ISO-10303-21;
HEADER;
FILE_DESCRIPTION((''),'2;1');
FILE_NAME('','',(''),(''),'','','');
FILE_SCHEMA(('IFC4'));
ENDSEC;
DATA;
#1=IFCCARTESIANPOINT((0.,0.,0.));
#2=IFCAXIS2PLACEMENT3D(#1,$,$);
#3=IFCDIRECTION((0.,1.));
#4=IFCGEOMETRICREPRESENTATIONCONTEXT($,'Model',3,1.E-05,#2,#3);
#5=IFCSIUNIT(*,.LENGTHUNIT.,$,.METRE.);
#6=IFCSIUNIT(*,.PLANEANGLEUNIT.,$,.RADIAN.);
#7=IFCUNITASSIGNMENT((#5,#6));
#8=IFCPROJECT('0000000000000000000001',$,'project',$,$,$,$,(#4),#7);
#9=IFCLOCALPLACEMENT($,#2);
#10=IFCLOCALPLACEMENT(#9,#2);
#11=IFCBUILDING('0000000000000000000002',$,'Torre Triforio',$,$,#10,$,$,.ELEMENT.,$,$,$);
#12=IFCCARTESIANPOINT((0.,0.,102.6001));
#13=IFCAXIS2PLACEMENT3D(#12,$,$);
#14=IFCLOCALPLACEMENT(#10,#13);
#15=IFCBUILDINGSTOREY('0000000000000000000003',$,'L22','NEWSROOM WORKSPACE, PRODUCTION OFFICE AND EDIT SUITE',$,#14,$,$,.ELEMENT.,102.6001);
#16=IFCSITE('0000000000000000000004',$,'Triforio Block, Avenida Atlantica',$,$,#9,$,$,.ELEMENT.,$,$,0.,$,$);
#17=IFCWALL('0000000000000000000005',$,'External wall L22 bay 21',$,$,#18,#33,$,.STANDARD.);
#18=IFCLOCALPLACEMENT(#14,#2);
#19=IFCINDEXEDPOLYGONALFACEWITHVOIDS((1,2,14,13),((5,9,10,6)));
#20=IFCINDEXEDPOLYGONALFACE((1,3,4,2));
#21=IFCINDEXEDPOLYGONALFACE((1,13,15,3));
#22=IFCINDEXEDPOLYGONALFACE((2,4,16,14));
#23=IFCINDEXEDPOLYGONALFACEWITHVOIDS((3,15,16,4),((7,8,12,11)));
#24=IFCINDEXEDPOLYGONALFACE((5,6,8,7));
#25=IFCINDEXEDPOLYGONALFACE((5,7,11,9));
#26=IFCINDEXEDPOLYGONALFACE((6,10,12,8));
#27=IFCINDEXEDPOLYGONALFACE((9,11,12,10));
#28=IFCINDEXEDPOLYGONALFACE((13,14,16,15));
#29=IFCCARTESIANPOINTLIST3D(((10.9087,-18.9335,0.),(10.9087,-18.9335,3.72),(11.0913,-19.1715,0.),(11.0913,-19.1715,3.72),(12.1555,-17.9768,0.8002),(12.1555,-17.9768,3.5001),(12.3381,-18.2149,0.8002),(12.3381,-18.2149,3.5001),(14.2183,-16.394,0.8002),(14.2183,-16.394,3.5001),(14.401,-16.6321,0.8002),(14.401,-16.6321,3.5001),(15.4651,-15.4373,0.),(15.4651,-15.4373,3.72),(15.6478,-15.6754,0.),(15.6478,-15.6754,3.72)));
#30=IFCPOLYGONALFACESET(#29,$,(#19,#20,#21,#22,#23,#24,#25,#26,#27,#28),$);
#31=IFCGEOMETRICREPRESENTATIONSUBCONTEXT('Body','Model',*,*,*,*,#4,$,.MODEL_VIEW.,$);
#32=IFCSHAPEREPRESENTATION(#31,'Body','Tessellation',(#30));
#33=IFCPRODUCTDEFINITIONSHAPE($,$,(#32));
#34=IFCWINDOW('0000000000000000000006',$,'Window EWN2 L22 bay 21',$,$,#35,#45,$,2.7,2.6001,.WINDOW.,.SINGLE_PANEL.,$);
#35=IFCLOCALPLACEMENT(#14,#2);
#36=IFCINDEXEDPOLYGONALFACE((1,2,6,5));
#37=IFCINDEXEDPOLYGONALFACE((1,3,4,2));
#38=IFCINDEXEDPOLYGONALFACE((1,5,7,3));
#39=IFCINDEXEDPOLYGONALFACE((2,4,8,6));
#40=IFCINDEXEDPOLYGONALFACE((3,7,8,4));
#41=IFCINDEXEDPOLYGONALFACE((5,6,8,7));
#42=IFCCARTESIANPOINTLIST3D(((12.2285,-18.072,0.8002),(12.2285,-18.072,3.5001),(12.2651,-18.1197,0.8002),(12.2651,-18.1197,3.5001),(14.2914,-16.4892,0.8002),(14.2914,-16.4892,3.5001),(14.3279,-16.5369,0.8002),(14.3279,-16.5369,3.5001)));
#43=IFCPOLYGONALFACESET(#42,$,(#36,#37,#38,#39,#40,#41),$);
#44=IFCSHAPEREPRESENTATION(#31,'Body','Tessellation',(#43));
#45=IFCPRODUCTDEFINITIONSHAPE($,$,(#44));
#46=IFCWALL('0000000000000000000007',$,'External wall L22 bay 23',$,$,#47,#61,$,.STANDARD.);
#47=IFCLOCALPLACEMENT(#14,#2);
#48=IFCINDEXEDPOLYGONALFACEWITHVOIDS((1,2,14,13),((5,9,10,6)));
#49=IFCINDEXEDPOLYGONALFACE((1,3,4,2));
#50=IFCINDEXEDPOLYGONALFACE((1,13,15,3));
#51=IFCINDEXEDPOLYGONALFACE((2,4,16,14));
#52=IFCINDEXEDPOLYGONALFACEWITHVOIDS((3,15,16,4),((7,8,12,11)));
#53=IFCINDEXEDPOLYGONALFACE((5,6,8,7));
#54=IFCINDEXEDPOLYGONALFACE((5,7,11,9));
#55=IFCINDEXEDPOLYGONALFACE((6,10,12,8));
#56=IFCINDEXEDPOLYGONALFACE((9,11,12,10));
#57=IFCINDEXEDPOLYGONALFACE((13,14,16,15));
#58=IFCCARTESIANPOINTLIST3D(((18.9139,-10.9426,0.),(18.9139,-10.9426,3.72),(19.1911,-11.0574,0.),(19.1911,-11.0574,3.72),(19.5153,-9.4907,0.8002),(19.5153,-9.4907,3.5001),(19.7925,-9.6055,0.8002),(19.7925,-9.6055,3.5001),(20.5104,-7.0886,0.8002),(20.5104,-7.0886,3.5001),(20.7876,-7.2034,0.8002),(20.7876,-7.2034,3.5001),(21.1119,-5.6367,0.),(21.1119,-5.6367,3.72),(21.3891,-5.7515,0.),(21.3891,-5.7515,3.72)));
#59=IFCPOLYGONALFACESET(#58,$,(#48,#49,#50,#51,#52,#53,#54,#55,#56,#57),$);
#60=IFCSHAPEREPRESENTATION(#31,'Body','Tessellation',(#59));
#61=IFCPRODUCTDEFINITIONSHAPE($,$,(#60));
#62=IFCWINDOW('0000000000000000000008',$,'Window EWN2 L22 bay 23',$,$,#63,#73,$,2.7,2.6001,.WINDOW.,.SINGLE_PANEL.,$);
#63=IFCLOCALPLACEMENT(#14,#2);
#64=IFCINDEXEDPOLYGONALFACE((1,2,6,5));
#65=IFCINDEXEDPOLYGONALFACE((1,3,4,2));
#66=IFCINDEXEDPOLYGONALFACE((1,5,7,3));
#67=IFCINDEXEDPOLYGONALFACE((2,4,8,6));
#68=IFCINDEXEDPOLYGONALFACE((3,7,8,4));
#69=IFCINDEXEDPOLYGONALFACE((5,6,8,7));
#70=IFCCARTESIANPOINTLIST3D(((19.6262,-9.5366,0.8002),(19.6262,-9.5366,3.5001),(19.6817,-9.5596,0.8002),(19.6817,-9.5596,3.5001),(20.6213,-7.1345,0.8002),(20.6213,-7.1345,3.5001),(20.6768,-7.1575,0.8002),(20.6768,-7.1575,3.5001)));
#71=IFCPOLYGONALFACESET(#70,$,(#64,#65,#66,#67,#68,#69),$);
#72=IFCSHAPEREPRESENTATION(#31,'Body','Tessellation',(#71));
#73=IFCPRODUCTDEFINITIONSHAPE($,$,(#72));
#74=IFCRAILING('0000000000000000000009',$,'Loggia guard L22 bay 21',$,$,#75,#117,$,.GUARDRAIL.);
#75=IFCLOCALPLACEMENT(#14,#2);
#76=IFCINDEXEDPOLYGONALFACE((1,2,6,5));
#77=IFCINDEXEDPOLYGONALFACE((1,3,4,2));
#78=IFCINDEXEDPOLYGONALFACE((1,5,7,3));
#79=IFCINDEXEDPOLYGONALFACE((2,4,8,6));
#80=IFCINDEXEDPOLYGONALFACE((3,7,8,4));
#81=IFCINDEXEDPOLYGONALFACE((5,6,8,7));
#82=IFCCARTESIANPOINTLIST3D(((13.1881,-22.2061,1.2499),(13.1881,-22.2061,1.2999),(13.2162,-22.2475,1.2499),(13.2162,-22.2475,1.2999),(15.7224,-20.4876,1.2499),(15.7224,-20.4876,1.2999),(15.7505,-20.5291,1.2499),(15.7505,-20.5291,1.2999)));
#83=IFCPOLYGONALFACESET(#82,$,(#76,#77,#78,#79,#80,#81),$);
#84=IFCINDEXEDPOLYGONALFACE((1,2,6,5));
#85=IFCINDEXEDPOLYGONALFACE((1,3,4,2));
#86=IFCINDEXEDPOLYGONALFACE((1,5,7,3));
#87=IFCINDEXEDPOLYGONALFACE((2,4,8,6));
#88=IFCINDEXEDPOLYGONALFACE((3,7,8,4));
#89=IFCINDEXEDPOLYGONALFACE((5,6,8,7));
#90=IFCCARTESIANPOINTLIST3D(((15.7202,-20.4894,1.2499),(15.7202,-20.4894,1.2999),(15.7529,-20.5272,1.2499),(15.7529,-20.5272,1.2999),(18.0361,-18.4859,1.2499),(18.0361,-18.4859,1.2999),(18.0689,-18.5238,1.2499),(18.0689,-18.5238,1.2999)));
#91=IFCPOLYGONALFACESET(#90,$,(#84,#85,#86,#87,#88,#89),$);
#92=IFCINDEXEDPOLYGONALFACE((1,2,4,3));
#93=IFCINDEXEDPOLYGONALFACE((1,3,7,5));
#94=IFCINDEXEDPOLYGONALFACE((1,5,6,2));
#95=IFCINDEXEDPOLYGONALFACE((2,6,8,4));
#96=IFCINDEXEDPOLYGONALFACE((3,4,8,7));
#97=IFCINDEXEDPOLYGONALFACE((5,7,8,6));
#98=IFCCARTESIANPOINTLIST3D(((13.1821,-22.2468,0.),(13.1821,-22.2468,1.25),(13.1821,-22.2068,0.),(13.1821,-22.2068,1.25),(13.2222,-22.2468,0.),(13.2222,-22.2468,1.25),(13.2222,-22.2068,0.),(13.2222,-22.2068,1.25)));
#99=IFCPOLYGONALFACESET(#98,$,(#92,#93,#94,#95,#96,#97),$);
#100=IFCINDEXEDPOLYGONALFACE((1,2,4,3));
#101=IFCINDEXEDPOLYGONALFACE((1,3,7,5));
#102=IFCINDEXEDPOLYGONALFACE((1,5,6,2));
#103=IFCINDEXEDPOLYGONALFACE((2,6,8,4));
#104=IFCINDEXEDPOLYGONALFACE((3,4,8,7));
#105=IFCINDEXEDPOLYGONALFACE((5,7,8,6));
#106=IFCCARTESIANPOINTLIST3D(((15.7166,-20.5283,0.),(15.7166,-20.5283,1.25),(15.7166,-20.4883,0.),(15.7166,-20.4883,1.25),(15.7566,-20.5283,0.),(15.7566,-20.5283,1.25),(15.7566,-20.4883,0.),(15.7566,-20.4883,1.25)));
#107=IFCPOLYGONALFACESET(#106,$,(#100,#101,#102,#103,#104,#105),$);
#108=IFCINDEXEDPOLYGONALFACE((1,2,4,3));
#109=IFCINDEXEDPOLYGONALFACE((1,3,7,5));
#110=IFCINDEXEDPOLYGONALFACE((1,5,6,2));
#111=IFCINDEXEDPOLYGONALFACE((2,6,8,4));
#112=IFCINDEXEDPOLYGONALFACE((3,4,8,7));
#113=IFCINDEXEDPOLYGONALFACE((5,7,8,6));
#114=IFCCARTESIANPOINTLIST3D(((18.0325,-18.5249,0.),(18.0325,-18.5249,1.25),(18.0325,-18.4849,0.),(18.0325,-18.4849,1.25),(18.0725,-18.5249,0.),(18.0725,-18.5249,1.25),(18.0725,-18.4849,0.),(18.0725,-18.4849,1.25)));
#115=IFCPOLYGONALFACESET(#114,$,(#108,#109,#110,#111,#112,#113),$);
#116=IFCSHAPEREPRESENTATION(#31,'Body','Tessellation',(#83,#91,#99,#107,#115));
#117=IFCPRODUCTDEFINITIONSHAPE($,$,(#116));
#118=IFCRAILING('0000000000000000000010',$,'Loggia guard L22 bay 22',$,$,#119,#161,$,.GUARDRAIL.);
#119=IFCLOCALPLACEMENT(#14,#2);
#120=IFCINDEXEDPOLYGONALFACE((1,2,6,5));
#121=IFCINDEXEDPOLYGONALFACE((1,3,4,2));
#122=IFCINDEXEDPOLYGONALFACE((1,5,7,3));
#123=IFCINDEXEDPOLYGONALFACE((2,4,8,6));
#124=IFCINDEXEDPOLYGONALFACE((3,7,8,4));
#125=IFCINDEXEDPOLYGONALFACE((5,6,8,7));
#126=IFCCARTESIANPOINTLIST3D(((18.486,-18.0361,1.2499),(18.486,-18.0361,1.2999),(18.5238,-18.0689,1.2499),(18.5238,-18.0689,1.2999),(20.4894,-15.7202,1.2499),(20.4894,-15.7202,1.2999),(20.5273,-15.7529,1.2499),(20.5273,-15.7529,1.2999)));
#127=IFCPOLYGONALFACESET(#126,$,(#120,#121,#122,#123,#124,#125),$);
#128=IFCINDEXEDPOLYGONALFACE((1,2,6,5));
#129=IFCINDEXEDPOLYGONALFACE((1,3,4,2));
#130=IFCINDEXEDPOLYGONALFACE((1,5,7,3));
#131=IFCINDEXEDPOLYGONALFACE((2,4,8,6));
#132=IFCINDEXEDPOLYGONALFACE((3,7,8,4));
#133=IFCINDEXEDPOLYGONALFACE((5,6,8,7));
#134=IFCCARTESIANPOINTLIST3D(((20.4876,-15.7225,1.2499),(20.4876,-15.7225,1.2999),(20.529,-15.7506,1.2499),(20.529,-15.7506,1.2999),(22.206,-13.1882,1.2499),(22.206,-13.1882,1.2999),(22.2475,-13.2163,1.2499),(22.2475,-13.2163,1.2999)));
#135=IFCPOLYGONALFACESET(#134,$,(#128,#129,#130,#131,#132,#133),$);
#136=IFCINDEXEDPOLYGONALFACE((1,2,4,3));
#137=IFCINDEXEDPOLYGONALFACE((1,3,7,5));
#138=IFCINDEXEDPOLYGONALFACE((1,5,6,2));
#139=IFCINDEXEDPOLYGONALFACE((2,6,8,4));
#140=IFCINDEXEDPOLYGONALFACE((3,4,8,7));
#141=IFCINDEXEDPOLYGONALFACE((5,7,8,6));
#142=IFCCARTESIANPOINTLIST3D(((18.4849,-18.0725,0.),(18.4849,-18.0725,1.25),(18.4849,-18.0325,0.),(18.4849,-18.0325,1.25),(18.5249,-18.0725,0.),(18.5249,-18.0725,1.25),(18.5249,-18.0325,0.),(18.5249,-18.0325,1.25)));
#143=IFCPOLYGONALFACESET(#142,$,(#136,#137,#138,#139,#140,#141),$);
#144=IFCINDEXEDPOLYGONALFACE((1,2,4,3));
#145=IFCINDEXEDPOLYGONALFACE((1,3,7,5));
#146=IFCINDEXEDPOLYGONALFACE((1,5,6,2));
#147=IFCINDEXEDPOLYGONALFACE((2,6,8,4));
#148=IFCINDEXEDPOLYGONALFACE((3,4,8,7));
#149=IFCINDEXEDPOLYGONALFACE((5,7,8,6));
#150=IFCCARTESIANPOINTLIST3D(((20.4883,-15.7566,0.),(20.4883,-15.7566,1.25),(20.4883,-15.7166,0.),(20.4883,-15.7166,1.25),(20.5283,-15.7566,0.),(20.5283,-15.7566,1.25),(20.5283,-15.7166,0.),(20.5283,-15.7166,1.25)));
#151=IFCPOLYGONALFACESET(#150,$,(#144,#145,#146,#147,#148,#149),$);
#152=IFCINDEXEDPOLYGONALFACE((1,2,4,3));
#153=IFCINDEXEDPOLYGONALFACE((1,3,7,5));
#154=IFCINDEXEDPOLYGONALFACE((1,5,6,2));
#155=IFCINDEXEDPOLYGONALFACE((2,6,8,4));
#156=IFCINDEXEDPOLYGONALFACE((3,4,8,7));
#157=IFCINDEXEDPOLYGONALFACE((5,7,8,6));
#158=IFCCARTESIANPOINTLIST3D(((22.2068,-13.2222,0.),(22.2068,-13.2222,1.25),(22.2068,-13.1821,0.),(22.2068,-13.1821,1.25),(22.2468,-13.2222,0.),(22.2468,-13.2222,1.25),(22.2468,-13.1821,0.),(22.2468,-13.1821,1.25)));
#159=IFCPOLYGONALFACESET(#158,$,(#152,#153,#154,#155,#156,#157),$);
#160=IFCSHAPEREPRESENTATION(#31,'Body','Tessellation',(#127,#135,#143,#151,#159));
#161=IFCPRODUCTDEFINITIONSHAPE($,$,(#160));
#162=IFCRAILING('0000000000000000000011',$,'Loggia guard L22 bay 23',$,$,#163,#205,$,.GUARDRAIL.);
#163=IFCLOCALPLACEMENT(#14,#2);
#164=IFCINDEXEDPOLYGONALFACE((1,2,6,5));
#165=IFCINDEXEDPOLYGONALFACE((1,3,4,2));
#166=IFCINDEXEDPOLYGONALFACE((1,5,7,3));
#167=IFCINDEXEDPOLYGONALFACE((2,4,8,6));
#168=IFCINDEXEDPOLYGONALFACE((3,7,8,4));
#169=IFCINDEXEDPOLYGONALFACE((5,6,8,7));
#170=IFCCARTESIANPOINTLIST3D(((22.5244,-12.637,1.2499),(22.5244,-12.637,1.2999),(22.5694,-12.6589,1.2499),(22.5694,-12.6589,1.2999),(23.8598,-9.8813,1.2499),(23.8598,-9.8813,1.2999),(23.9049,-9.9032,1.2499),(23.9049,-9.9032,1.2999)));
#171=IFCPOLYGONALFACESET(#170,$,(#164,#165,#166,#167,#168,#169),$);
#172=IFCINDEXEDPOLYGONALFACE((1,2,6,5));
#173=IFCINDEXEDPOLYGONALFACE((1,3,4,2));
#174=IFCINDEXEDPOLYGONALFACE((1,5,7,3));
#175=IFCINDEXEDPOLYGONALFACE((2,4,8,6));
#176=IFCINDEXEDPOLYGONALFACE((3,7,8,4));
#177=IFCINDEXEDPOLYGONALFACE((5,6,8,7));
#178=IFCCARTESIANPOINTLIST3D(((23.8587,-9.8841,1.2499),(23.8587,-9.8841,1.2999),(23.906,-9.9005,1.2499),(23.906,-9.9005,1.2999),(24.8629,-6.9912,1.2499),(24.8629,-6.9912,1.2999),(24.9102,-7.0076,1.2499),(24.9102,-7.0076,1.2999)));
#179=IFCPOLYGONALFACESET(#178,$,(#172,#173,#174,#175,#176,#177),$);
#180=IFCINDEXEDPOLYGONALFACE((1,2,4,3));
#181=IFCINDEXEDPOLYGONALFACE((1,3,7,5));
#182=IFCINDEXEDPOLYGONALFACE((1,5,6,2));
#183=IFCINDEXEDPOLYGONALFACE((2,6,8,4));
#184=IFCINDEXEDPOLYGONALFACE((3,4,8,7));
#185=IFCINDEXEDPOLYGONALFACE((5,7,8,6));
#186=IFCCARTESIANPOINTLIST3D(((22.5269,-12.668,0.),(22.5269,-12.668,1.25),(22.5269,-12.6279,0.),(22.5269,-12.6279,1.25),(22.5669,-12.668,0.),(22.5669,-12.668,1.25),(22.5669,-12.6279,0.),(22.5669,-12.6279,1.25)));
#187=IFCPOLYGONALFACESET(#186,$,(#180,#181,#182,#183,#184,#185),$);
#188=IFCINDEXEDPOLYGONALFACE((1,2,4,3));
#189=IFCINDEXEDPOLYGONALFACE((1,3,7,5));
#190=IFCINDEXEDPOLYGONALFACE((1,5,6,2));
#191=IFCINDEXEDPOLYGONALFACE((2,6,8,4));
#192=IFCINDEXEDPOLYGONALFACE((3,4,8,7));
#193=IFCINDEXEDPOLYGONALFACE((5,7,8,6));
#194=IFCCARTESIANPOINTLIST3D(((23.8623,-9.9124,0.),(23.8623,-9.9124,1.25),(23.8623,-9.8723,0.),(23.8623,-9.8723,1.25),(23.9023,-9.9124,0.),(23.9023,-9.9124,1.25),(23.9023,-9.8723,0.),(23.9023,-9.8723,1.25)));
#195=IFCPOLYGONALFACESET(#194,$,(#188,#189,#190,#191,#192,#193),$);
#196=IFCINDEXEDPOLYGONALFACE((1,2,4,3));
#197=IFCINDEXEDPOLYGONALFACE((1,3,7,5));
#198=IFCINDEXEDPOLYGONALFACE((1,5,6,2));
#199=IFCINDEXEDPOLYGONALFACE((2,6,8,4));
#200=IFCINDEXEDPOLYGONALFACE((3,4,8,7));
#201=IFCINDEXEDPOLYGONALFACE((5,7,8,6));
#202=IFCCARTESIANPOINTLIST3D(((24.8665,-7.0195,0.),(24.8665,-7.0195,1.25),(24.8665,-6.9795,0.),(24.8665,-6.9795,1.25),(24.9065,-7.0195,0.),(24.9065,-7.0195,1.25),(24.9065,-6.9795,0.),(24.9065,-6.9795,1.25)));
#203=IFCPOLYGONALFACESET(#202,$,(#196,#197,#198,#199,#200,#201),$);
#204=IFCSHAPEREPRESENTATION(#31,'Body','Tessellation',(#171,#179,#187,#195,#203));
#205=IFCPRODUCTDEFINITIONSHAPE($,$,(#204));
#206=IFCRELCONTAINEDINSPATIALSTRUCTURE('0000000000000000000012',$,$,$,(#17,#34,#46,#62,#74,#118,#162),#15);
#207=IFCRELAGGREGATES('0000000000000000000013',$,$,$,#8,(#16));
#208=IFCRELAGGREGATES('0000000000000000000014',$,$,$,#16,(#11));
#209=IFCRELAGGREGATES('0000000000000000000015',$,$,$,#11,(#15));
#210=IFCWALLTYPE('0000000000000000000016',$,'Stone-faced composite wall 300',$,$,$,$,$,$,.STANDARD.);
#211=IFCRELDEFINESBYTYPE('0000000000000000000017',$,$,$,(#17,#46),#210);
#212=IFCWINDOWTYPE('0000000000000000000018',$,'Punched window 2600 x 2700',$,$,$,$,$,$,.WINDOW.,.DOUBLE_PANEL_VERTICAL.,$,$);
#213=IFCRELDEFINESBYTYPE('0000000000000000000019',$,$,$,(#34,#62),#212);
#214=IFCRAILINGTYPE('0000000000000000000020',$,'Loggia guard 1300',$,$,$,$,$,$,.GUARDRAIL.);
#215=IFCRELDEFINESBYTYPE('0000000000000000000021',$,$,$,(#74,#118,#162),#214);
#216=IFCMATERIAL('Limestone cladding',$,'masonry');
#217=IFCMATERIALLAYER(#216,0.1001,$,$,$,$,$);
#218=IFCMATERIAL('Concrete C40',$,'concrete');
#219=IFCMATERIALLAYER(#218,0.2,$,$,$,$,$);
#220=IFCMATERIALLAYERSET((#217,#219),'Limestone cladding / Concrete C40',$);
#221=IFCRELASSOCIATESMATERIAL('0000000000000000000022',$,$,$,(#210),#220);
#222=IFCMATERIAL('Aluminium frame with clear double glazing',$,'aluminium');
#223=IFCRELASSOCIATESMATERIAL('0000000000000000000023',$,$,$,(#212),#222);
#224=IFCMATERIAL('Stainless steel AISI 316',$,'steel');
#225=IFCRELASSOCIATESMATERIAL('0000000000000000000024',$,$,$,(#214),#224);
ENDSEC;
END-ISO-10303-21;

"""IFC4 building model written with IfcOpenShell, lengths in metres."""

from ifc_helpers import new_model, si_unit, direction, frame, frame_2d, origin, origin_2d, place, context, subcontext, project, spatial, rectangle, extrude, material, layer, layer_set, type_object, element, fill, save


model = new_model("IFC4")

# Units and contexts
model_context = context("Model", 3, precision=1e-05, world=origin(), true_north=direction((0.0, 1.0)))
body_context = subcontext(model_context, "Body", "Model", "MODEL_VIEW")
ifc_project = project(units=[si_unit("LENGTHUNIT", "METRE"), si_unit("PLANEANGLEUNIT", "RADIAN")], contexts=[model_context])

# Site, building, storey
site_placement = place(None, origin())
site = spatial("IfcSite", under=ifc_project, at=site_placement, Name="Triforio Block, Avenida Atlantica", CompositionType="ELEMENT", RefElevation=0.0)
building_placement = place(site_placement, origin())
building = spatial("IfcBuilding", under=site, at=building_placement, Name="Torre Triforio", CompositionType="ELEMENT")
storey_placement = place(building_placement, frame((0.0, 0.0, 102.6001)))
storey = spatial("IfcBuildingStorey", under=building, at=storey_placement, Name="L22", Description="NEWSROOM WORKSPACE, PRODUCTION OFFICE AND EDIT SUITE", CompositionType="ELEMENT", Elevation=102.6001)

# Shared definitions
ifc_material_1 = material(Name="Limestone cladding", Category="masonry")
ifc_material_2 = material(Name="Concrete C40", Category="concrete")

# Wall, opening, window
ifc_layer_1 = layer(ifc_material_1, 0.1001)
ifc_layer_2 = layer(ifc_material_2, 0.2)
ifc_layer_set_1 = layer_set([ifc_layer_1, ifc_layer_2], Name="Limestone cladding / Concrete C40")
wall_type_1 = type_object("IfcWallType", Name="Stone-faced composite wall 300", PredefinedType="STANDARD", material=ifc_layer_set_1)
wall_1_placement = place(storey_placement, frame((11.0, -19.0525, 0.0), z_axis=(0.0, 0.0, 1.0), x_axis=(0.793366, 0.608745, 0.0)))
wall_1 = element("IfcWall", 1, at=wall_1_placement, inside=storey, type_object=wall_type_1, Name="External wall L22 bay 21", PredefinedType="STANDARD", context=body_context, shape_type="SweptSolid", body=[
    extrude(rectangle(XDim=5.7432, YDim=0.3, at=frame_2d((2.8716, 0.0))), origin(), (0.0, 0.0, 1.0), 3.72),
])
opening_1_placement = place(wall_1_placement, frame((1.5715, 0.0, 0.8)))
opening_1 = element("IfcOpeningElement", 2, at=opening_1_placement, cuts=wall_1, PredefinedType="OPENING", context=body_context, shape_type="SweptSolid", body=[
    extrude(rectangle(XDim=2.6001, YDim=2.7, at=frame_2d((1.3, 1.3501))), frame((0.0, 0.1599, 0.0), z_axis=(0.0, -1.0, 0.0), x_axis=(1.0, 0.0, 0.0)), (0.0, 0.0, 1.0), 0.3201),
])
ifc_material_3 = material(Name="Aluminium frame with clear double glazing", Category="aluminium")
window_type_1 = type_object("IfcWindowType", Name="Punched window 2600 x 2700", PartitioningType="DOUBLE_PANEL_VERTICAL", PredefinedType="WINDOW", material=ifc_material_3)
window_1_placement = place(opening_1_placement, origin())
window_1 = element("IfcWindow", 3, at=window_1_placement, inside=storey, type_object=window_type_1, Name="Window EWN2 L22 bay 21", OverallHeight=2.7, OverallWidth=2.6001, PartitioningType="SINGLE_PANEL", PredefinedType="WINDOW", context=body_context, shape_type="SweptSolid", body=[
    extrude(rectangle(XDim=2.6001, YDim=2.7, at=frame_2d((1.3, 1.3501))), frame((0.0, 0.03, 0.0), z_axis=(0.0, -1.0, 0.0), x_axis=(1.0, 0.0, 0.0)), (0.0, 0.0, 1.0), 0.0601),
])
fill(opening_1, window_1)

# Wall, opening, window
wall_2_placement = place(storey_placement, frame((19.0525, -11.0, 0.0), z_axis=(0.0, 0.0, 1.0), x_axis=(0.382716, 0.923866, 0.0)))
wall_2 = element("IfcWall", 4, at=wall_2_placement, inside=storey, type_object=wall_type_1, Name="External wall L22 bay 23", PredefinedType="STANDARD", context=body_context, shape_type="SweptSolid", body=[
    extrude(rectangle(XDim=5.7432, YDim=0.3, at=frame_2d((2.8716, 0.0))), origin(), (0.0, 0.0, 1.0), 3.72),
])
opening_2_placement = place(wall_2_placement, frame((1.5715, 0.0, 0.8)))
opening_2 = element("IfcOpeningElement", 5, at=opening_2_placement, cuts=wall_2, PredefinedType="OPENING", context=body_context, shape_type="SweptSolid", body=[
    extrude(rectangle(XDim=2.6001, YDim=2.7, at=frame_2d((1.3, 1.3501))), frame((0.0, 0.1599, 0.0), z_axis=(0.0, -1.0, 0.0), x_axis=(1.0, 0.0, 0.0)), (0.0, 0.0, 1.0), 0.3201),
])
window_2_placement = place(opening_2_placement, origin())
window_2 = element("IfcWindow", 6, at=window_2_placement, inside=storey, type_object=window_type_1, Name="Window EWN2 L22 bay 23", OverallHeight=2.7, OverallWidth=2.6001, PartitioningType="SINGLE_PANEL", PredefinedType="WINDOW", context=body_context, shape_type="SweptSolid", body=[
    extrude(rectangle(XDim=2.6001, YDim=2.7, at=frame_2d((1.3, 1.3501))), frame((0.0, 0.03, 0.0), z_axis=(0.0, -1.0, 0.0), x_axis=(1.0, 0.0, 0.0)), (0.0, 0.0, 1.0), 0.0601),
])
fill(opening_2, window_2)

# Railings
ifc_material_4 = material(Name="Stainless steel AISI 316", Category="steel")
railing_type = type_object("IfcRailingType", Name="Loggia guard 1300", PredefinedType="GUARDRAIL", material=ifc_material_4)
railing_1_placement = place(storey_placement, frame((13.2021, -22.2268, 0.0)))
element("IfcRailing", 7, at=railing_1_placement, inside=storey, type_object=railing_type, Name="Loggia guard L22 bay 21", PredefinedType="GUARDRAIL", context=body_context, shape_type="SweptSolid", body=[
    extrude(rectangle(XDim=0.05, YDim=0.05, at=origin_2d()), frame((0.0, 0.0, 1.2749), z_axis=(0.82767, 0.561215, 0.0), x_axis=(-0.561215, 0.82767, 0.0)), (0.0, 0.0, 1.0), 3.062),
    extrude(rectangle(XDim=0.05, YDim=0.05, at=origin_2d()), frame((2.5344, 1.7185, 1.2749), z_axis=(0.756289, 0.654238, 0.0), x_axis=(-0.654238, 0.756289, 0.0)), (0.0, 0.0, 1.0), 3.0623),
    extrude(rectangle(XDim=0.04, YDim=0.04, at=origin_2d()), origin(), (0.0, 0.0, 1.0), 1.25),
    extrude(rectangle(XDim=0.04, YDim=0.04, at=origin_2d()), frame((2.5344, 1.7185, 0.0)), (0.0, 0.0, 1.0), 1.25),
    extrude(rectangle(XDim=0.04, YDim=0.04, at=origin_2d()), frame((4.8503, 3.7219, 0.0)), (0.0, 0.0, 1.0), 1.25),
])
railing_2_placement = place(storey_placement, frame((18.5049, -18.0525, 0.0)))
element("IfcRailing", 8, at=railing_2_placement, inside=storey, type_object=railing_type, Name="Loggia guard L22 bay 22", PredefinedType="GUARDRAIL", context=body_context, shape_type="SweptSolid", body=[
    extrude(rectangle(XDim=0.05, YDim=0.05, at=origin_2d()), frame((0.0, 0.0, 1.2749), z_axis=(0.654238, 0.756289, 0.0), x_axis=(-0.756289, 0.654238, 0.0)), (0.0, 0.0, 1.0), 3.0623),
    extrude(rectangle(XDim=0.05, YDim=0.05, at=origin_2d()), frame((2.0034, 2.3159, 1.2749), z_axis=(0.561215, 0.82767, 0.0), x_axis=(-0.82767, 0.561215, 0.0)), (0.0, 0.0, 1.0), 3.062),
    extrude(rectangle(XDim=0.04, YDim=0.04, at=origin_2d()), origin(), (0.0, 0.0, 1.0), 1.25),
    extrude(rectangle(XDim=0.04, YDim=0.04, at=origin_2d()), frame((2.0034, 2.3159, 0.0)), (0.0, 0.0, 1.0), 1.25),
    extrude(rectangle(XDim=0.04, YDim=0.04, at=origin_2d()), frame((3.7219, 4.8503, 0.0)), (0.0, 0.0, 1.0), 1.25),
])
railing_3_placement = place(storey_placement, frame((22.5469, -12.6479, 0.0)))
element("IfcRailing", 9, at=railing_3_placement, inside=storey, type_object=railing_type, Name="Loggia guard L22 bay 23", PredefinedType="GUARDRAIL", context=body_context, shape_type="SweptSolid", body=[
    extrude(rectangle(XDim=0.05, YDim=0.05, at=origin_2d()), frame((0.0, 0.0, 1.2749), z_axis=(0.436113, 0.899892, 0.0), x_axis=(-0.899892, 0.436113, 0.0)), (0.0, 0.0, 1.0), 3.0623),
    extrude(rectangle(XDim=0.05, YDim=0.05, at=origin_2d()), frame((1.3354, 2.7556, 1.2749), z_axis=(0.327924, 0.944704, 0.0), x_axis=(-0.944704, 0.327924, 0.0)), (0.0, 0.0, 1.0), 3.0623),
    extrude(rectangle(XDim=0.04, YDim=0.04, at=origin_2d()), origin(), (0.0, 0.0, 1.0), 1.25),
    extrude(rectangle(XDim=0.04, YDim=0.04, at=origin_2d()), frame((1.3354, 2.7556, 0.0)), (0.0, 0.0, 1.0), 1.25),
    extrude(rectangle(XDim=0.04, YDim=0.04, at=origin_2d()), frame((2.3396, 5.6484, 0.0)), (0.0, 0.0, 1.0), 1.25),
])

save(model, "model.ifc")
